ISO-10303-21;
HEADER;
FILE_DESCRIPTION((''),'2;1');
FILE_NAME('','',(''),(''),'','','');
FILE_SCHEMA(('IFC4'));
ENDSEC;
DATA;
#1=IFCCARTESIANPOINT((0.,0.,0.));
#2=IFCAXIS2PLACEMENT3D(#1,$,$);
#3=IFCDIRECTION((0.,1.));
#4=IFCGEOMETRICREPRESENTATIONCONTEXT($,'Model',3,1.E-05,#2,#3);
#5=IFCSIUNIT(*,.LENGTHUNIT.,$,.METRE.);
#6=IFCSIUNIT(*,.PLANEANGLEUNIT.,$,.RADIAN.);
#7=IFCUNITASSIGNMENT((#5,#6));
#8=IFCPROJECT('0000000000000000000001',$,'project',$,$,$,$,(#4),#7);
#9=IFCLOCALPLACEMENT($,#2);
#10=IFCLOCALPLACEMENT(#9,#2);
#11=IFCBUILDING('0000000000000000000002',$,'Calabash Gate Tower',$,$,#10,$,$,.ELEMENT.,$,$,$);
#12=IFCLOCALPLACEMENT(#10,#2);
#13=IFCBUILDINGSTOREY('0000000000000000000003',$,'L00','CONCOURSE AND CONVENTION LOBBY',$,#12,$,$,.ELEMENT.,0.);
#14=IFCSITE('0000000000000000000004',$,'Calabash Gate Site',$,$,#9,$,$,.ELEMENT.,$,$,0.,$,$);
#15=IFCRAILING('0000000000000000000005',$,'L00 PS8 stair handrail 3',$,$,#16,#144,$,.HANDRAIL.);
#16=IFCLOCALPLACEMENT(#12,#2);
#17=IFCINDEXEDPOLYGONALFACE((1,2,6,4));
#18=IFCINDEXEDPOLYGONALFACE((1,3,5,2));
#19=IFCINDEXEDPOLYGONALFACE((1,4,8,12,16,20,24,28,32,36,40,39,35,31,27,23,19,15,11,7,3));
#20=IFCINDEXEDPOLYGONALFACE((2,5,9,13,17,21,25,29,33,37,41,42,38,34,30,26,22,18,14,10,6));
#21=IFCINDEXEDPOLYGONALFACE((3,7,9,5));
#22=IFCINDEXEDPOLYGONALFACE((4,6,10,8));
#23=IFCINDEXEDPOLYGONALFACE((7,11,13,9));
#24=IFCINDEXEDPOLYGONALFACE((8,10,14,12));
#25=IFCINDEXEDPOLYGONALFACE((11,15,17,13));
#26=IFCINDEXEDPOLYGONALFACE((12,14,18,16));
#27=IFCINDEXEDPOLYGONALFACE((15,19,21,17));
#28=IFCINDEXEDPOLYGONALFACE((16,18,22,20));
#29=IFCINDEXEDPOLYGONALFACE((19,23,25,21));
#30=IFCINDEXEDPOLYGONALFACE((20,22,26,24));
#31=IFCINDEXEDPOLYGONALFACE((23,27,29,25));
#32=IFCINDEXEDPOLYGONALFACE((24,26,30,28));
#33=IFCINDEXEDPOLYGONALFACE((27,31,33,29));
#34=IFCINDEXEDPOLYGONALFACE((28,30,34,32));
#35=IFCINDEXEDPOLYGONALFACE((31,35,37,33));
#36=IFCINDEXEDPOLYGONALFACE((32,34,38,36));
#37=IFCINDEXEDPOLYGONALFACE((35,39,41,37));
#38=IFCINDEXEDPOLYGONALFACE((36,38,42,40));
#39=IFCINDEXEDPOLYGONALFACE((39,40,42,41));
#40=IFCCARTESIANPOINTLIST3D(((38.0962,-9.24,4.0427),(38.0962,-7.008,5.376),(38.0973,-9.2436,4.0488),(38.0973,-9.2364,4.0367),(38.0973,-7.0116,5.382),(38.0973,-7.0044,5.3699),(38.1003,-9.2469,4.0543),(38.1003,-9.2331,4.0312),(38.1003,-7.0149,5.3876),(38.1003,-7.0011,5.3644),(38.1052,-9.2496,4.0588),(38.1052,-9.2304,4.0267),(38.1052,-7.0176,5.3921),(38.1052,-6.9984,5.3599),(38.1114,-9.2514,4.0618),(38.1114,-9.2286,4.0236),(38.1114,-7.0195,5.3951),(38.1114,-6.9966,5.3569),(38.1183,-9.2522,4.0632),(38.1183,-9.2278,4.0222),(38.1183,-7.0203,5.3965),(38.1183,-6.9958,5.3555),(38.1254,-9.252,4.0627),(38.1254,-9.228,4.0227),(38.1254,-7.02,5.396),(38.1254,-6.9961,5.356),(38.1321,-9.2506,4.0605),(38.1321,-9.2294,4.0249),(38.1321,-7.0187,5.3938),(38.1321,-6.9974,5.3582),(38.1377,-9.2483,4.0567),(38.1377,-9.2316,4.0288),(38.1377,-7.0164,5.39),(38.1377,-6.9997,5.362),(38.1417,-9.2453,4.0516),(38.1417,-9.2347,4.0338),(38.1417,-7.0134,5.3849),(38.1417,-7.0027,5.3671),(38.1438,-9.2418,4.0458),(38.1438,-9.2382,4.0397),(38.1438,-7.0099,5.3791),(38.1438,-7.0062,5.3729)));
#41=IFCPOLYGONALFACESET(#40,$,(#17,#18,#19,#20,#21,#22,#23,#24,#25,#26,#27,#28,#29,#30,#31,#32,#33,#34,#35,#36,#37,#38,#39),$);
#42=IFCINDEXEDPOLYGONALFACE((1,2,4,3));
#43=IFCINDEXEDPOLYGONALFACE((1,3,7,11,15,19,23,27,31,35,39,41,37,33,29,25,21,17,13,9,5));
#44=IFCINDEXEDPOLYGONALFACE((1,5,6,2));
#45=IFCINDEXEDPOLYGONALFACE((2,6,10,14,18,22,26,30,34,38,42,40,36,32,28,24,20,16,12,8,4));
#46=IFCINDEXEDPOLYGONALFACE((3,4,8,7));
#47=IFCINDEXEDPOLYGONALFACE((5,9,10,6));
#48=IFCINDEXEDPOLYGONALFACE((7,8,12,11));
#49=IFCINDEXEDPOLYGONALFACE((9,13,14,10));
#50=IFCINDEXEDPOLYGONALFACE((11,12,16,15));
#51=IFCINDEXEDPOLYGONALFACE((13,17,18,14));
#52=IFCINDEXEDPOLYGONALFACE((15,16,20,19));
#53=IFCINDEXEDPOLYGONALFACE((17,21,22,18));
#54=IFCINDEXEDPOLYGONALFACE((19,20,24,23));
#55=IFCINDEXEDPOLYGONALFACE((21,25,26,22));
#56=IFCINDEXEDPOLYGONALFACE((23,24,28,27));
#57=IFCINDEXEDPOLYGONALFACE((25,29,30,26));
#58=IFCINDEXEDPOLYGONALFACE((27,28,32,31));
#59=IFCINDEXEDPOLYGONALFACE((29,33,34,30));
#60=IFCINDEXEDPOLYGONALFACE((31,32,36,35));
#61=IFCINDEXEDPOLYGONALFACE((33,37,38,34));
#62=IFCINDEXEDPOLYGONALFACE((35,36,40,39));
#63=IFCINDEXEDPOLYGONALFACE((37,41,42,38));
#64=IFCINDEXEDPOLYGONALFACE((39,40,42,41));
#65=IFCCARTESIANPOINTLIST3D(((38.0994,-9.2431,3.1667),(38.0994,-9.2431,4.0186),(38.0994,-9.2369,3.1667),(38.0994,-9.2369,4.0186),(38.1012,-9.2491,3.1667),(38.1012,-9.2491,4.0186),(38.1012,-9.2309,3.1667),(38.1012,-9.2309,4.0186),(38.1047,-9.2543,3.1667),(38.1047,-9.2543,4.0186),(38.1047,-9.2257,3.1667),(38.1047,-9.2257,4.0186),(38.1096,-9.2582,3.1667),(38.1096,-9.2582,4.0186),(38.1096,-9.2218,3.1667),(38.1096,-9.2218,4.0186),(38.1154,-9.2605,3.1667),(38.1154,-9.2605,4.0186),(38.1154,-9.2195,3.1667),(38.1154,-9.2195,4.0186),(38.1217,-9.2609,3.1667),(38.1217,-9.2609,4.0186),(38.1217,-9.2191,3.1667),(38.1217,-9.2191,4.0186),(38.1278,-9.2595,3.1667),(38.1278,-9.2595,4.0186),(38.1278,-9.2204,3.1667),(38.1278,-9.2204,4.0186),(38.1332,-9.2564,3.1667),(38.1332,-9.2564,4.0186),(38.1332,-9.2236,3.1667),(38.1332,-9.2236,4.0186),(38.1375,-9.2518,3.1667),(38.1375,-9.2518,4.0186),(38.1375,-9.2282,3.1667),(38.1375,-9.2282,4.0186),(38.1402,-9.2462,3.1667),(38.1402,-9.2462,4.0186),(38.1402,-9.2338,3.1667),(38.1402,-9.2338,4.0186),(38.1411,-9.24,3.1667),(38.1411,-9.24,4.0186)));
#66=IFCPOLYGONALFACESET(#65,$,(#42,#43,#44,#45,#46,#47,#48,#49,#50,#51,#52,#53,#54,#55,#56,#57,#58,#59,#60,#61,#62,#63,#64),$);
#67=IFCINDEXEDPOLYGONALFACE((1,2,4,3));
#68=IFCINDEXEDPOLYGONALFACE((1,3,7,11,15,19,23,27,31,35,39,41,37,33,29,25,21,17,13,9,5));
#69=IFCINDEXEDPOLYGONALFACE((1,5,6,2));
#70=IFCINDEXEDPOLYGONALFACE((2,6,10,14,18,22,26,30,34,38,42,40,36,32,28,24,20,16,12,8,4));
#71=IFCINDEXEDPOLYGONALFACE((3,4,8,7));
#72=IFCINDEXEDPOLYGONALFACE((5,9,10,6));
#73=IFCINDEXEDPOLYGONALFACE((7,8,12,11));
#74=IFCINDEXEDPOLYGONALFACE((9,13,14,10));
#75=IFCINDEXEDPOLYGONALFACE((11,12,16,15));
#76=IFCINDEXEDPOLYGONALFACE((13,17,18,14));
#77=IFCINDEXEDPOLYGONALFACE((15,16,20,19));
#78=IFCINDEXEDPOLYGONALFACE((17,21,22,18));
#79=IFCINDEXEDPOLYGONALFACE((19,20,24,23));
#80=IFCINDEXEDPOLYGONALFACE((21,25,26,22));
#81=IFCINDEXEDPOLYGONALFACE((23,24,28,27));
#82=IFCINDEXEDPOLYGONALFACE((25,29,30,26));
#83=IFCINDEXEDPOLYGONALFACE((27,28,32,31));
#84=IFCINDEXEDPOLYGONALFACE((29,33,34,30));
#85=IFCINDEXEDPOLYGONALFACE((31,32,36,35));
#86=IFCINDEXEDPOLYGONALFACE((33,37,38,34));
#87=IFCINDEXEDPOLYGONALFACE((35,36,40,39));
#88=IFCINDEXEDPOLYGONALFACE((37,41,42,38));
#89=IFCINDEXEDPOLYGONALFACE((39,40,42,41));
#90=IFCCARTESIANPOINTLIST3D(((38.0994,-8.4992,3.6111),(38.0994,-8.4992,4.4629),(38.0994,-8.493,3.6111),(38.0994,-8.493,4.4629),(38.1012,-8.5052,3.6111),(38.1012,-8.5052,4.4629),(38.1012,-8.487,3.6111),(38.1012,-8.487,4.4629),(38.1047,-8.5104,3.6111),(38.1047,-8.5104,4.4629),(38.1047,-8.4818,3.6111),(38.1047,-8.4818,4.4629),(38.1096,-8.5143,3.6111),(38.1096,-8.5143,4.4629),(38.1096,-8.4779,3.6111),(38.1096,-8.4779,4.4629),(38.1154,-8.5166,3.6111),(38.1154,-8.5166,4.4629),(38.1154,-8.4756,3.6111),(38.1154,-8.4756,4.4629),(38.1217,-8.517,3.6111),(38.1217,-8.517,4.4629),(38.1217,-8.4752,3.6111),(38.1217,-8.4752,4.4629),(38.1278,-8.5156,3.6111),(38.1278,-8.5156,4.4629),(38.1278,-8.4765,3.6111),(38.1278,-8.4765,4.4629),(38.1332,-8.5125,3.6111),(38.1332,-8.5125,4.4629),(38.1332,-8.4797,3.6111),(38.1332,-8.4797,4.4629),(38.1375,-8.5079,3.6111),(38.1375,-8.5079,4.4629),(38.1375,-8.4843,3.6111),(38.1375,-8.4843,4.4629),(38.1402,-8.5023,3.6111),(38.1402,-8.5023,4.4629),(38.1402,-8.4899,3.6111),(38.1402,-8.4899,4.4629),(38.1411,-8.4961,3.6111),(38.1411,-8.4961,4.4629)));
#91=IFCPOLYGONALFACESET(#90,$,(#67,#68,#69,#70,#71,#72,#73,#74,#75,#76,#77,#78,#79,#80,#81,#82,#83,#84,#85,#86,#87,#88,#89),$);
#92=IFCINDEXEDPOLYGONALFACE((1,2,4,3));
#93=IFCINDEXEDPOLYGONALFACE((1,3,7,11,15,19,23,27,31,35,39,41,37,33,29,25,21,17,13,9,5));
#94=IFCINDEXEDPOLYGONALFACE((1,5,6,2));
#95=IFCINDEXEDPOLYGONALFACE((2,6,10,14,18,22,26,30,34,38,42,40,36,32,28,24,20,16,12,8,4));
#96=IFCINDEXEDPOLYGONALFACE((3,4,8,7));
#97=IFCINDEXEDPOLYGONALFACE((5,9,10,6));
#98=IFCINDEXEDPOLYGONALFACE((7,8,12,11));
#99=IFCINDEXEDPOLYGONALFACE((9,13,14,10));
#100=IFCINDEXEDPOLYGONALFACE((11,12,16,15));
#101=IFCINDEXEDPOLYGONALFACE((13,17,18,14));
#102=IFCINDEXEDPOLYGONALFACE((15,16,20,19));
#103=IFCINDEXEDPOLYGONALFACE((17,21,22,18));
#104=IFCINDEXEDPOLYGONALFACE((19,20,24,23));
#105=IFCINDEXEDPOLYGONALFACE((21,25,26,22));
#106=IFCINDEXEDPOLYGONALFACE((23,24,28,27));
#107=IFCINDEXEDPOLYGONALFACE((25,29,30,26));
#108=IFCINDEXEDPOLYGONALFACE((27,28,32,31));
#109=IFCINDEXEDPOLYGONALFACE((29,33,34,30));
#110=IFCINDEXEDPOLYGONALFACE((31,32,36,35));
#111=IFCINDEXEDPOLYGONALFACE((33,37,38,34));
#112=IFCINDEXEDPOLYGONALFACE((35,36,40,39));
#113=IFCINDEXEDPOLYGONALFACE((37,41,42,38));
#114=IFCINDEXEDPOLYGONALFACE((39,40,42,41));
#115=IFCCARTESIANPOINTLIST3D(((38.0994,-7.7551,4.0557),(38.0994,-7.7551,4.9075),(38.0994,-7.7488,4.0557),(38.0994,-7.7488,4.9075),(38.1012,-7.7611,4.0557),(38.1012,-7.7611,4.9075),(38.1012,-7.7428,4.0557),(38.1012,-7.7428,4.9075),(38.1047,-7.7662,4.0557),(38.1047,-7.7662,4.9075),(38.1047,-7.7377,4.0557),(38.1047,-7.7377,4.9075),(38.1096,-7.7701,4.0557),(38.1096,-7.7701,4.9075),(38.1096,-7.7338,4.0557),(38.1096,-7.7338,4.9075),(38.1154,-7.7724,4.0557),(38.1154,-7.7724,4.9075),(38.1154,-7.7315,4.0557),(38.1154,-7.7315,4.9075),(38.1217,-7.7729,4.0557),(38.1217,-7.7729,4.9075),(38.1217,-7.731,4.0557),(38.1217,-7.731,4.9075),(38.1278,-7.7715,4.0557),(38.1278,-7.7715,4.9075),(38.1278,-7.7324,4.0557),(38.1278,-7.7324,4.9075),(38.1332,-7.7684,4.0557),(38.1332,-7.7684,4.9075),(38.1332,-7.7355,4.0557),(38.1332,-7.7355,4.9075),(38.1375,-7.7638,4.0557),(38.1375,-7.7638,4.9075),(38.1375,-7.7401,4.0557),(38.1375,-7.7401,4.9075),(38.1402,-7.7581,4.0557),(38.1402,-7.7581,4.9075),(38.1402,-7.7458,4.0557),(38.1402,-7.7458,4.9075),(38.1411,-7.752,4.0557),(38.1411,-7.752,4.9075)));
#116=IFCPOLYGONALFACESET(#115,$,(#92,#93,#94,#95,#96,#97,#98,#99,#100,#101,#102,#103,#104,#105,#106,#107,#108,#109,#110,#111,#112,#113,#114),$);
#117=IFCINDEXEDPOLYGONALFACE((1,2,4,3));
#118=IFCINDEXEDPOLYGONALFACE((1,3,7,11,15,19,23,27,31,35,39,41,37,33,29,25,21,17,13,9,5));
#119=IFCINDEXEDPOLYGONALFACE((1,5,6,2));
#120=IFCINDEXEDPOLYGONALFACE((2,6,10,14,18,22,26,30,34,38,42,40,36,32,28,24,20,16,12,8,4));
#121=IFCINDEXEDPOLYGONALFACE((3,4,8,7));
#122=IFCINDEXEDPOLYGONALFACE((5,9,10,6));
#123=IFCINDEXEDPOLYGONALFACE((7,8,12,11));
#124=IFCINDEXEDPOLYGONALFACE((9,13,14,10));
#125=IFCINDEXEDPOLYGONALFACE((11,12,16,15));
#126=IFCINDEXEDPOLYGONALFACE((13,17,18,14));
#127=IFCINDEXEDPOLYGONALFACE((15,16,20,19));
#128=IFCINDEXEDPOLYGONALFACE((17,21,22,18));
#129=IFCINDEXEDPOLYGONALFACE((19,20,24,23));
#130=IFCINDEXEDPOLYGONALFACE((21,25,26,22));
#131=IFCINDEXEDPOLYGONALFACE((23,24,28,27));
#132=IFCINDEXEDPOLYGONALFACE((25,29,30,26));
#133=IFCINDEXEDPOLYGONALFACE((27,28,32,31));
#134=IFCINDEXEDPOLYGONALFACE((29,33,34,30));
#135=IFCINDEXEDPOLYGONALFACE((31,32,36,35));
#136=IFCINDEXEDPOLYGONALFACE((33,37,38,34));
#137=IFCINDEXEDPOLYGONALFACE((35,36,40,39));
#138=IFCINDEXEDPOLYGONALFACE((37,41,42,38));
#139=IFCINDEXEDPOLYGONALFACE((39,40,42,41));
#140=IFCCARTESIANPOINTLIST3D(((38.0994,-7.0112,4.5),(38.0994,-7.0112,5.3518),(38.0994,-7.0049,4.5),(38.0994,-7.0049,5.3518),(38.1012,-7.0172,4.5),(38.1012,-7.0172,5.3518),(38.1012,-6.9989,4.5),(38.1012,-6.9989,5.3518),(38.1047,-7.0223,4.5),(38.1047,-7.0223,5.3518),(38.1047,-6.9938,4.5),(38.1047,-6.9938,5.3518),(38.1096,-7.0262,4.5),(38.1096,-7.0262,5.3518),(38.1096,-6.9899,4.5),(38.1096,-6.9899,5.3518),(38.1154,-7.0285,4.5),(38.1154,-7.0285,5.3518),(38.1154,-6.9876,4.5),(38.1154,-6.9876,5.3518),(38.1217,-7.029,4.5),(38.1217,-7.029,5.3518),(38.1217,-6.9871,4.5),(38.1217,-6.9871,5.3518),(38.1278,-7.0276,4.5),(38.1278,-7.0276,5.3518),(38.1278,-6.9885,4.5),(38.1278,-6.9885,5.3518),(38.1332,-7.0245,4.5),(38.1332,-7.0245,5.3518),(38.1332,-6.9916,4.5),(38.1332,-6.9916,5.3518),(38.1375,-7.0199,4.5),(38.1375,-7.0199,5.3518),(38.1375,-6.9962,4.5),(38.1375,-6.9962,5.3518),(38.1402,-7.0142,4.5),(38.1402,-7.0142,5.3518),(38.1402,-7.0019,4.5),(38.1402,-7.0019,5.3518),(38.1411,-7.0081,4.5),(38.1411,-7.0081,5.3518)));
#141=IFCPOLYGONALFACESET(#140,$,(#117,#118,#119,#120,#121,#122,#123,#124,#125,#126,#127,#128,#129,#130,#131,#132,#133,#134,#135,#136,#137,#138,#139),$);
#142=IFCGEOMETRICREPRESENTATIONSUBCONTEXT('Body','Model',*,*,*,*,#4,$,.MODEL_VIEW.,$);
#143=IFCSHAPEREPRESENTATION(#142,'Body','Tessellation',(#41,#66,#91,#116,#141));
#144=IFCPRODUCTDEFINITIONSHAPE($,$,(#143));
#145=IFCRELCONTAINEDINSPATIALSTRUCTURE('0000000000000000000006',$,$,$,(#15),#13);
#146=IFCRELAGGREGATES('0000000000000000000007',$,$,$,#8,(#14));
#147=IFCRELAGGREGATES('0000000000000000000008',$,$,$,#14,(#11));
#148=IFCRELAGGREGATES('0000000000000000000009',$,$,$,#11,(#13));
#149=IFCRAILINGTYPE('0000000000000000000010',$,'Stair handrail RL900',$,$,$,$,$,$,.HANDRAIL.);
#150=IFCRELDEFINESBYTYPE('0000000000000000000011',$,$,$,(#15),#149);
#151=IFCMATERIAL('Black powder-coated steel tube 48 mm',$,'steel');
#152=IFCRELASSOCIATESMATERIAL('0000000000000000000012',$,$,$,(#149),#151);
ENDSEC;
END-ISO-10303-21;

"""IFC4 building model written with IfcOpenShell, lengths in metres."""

from ifc_helpers import new_model, si_unit, direction, frame, origin, origin_2d, place, context, subcontext, project, spatial, circle, extrude, material, type_object, element, save


model = new_model("IFC4")

# Units and contexts
model_context = context("Model", 3, precision=1e-05, world=origin(), true_north=direction((0.0, 1.0)))
body_context = subcontext(model_context, "Body", "Model", "MODEL_VIEW")
ifc_project = project(units=[si_unit("LENGTHUNIT", "METRE"), si_unit("PLANEANGLEUNIT", "RADIAN")], contexts=[model_context])

# Site, building, storey
site_placement = place(None, origin())
site = spatial("IfcSite", under=ifc_project, at=site_placement, Name="Calabash Gate Site", CompositionType="ELEMENT", RefElevation=0.0)
building_placement = place(site_placement, origin())
building = spatial("IfcBuilding", under=site, at=building_placement, Name="Calabash Gate Tower", CompositionType="ELEMENT")
storey_placement = place(building_placement, origin())
storey = spatial("IfcBuildingStorey", under=building, at=storey_placement, Name="L00", Description="CONCOURSE AND CONVENTION LOBBY", CompositionType="ELEMENT", Elevation=0.0)

# Railing
ifc_material_1 = material(Name="Black powder-coated steel tube 48 mm", Category="steel")
railing_type = type_object("IfcRailingType", Name="Stair handrail RL900", PredefinedType="HANDRAIL", material=ifc_material_1)
for number, where, name in (
    (1, (38.1201, -9.24, 3.1667), "L00 PS8 stair handrail 3"),
):
    element("IfcRailing", number, at=place(storey_placement, frame(where)), inside=storey, type_object=railing_type, Name=name, PredefinedType="HANDRAIL", context=body_context, shape_type="SweptSolid", body=[
        extrude(circle(Radius=0.0239, at=origin_2d()), frame((0.0, 0.0, 0.876), z_axis=(0.0, 0.858494, 0.512824), x_axis=(-1.0, 0.0, 0.0)), (0.0, 0.0, 1.0), 2.5999),
        extrude(circle(Radius=0.021, at=origin_2d()), origin(), (0.0, 0.0, 1.0), 0.8518),
        extrude(circle(Radius=0.021, at=origin_2d()), frame((0.0, 0.7439, 0.4443)), (0.0, 0.0, 1.0), 0.8518),
        extrude(circle(Radius=0.021, at=origin_2d()), frame((0.0, 1.488, 0.8889)), (0.0, 0.0, 1.0), 0.8518),
        extrude(circle(Radius=0.021, at=origin_2d()), frame((0.0, 2.2319, 1.3333)), (0.0, 0.0, 1.0), 0.8518),
    ])

save(model, "model.ifc")
